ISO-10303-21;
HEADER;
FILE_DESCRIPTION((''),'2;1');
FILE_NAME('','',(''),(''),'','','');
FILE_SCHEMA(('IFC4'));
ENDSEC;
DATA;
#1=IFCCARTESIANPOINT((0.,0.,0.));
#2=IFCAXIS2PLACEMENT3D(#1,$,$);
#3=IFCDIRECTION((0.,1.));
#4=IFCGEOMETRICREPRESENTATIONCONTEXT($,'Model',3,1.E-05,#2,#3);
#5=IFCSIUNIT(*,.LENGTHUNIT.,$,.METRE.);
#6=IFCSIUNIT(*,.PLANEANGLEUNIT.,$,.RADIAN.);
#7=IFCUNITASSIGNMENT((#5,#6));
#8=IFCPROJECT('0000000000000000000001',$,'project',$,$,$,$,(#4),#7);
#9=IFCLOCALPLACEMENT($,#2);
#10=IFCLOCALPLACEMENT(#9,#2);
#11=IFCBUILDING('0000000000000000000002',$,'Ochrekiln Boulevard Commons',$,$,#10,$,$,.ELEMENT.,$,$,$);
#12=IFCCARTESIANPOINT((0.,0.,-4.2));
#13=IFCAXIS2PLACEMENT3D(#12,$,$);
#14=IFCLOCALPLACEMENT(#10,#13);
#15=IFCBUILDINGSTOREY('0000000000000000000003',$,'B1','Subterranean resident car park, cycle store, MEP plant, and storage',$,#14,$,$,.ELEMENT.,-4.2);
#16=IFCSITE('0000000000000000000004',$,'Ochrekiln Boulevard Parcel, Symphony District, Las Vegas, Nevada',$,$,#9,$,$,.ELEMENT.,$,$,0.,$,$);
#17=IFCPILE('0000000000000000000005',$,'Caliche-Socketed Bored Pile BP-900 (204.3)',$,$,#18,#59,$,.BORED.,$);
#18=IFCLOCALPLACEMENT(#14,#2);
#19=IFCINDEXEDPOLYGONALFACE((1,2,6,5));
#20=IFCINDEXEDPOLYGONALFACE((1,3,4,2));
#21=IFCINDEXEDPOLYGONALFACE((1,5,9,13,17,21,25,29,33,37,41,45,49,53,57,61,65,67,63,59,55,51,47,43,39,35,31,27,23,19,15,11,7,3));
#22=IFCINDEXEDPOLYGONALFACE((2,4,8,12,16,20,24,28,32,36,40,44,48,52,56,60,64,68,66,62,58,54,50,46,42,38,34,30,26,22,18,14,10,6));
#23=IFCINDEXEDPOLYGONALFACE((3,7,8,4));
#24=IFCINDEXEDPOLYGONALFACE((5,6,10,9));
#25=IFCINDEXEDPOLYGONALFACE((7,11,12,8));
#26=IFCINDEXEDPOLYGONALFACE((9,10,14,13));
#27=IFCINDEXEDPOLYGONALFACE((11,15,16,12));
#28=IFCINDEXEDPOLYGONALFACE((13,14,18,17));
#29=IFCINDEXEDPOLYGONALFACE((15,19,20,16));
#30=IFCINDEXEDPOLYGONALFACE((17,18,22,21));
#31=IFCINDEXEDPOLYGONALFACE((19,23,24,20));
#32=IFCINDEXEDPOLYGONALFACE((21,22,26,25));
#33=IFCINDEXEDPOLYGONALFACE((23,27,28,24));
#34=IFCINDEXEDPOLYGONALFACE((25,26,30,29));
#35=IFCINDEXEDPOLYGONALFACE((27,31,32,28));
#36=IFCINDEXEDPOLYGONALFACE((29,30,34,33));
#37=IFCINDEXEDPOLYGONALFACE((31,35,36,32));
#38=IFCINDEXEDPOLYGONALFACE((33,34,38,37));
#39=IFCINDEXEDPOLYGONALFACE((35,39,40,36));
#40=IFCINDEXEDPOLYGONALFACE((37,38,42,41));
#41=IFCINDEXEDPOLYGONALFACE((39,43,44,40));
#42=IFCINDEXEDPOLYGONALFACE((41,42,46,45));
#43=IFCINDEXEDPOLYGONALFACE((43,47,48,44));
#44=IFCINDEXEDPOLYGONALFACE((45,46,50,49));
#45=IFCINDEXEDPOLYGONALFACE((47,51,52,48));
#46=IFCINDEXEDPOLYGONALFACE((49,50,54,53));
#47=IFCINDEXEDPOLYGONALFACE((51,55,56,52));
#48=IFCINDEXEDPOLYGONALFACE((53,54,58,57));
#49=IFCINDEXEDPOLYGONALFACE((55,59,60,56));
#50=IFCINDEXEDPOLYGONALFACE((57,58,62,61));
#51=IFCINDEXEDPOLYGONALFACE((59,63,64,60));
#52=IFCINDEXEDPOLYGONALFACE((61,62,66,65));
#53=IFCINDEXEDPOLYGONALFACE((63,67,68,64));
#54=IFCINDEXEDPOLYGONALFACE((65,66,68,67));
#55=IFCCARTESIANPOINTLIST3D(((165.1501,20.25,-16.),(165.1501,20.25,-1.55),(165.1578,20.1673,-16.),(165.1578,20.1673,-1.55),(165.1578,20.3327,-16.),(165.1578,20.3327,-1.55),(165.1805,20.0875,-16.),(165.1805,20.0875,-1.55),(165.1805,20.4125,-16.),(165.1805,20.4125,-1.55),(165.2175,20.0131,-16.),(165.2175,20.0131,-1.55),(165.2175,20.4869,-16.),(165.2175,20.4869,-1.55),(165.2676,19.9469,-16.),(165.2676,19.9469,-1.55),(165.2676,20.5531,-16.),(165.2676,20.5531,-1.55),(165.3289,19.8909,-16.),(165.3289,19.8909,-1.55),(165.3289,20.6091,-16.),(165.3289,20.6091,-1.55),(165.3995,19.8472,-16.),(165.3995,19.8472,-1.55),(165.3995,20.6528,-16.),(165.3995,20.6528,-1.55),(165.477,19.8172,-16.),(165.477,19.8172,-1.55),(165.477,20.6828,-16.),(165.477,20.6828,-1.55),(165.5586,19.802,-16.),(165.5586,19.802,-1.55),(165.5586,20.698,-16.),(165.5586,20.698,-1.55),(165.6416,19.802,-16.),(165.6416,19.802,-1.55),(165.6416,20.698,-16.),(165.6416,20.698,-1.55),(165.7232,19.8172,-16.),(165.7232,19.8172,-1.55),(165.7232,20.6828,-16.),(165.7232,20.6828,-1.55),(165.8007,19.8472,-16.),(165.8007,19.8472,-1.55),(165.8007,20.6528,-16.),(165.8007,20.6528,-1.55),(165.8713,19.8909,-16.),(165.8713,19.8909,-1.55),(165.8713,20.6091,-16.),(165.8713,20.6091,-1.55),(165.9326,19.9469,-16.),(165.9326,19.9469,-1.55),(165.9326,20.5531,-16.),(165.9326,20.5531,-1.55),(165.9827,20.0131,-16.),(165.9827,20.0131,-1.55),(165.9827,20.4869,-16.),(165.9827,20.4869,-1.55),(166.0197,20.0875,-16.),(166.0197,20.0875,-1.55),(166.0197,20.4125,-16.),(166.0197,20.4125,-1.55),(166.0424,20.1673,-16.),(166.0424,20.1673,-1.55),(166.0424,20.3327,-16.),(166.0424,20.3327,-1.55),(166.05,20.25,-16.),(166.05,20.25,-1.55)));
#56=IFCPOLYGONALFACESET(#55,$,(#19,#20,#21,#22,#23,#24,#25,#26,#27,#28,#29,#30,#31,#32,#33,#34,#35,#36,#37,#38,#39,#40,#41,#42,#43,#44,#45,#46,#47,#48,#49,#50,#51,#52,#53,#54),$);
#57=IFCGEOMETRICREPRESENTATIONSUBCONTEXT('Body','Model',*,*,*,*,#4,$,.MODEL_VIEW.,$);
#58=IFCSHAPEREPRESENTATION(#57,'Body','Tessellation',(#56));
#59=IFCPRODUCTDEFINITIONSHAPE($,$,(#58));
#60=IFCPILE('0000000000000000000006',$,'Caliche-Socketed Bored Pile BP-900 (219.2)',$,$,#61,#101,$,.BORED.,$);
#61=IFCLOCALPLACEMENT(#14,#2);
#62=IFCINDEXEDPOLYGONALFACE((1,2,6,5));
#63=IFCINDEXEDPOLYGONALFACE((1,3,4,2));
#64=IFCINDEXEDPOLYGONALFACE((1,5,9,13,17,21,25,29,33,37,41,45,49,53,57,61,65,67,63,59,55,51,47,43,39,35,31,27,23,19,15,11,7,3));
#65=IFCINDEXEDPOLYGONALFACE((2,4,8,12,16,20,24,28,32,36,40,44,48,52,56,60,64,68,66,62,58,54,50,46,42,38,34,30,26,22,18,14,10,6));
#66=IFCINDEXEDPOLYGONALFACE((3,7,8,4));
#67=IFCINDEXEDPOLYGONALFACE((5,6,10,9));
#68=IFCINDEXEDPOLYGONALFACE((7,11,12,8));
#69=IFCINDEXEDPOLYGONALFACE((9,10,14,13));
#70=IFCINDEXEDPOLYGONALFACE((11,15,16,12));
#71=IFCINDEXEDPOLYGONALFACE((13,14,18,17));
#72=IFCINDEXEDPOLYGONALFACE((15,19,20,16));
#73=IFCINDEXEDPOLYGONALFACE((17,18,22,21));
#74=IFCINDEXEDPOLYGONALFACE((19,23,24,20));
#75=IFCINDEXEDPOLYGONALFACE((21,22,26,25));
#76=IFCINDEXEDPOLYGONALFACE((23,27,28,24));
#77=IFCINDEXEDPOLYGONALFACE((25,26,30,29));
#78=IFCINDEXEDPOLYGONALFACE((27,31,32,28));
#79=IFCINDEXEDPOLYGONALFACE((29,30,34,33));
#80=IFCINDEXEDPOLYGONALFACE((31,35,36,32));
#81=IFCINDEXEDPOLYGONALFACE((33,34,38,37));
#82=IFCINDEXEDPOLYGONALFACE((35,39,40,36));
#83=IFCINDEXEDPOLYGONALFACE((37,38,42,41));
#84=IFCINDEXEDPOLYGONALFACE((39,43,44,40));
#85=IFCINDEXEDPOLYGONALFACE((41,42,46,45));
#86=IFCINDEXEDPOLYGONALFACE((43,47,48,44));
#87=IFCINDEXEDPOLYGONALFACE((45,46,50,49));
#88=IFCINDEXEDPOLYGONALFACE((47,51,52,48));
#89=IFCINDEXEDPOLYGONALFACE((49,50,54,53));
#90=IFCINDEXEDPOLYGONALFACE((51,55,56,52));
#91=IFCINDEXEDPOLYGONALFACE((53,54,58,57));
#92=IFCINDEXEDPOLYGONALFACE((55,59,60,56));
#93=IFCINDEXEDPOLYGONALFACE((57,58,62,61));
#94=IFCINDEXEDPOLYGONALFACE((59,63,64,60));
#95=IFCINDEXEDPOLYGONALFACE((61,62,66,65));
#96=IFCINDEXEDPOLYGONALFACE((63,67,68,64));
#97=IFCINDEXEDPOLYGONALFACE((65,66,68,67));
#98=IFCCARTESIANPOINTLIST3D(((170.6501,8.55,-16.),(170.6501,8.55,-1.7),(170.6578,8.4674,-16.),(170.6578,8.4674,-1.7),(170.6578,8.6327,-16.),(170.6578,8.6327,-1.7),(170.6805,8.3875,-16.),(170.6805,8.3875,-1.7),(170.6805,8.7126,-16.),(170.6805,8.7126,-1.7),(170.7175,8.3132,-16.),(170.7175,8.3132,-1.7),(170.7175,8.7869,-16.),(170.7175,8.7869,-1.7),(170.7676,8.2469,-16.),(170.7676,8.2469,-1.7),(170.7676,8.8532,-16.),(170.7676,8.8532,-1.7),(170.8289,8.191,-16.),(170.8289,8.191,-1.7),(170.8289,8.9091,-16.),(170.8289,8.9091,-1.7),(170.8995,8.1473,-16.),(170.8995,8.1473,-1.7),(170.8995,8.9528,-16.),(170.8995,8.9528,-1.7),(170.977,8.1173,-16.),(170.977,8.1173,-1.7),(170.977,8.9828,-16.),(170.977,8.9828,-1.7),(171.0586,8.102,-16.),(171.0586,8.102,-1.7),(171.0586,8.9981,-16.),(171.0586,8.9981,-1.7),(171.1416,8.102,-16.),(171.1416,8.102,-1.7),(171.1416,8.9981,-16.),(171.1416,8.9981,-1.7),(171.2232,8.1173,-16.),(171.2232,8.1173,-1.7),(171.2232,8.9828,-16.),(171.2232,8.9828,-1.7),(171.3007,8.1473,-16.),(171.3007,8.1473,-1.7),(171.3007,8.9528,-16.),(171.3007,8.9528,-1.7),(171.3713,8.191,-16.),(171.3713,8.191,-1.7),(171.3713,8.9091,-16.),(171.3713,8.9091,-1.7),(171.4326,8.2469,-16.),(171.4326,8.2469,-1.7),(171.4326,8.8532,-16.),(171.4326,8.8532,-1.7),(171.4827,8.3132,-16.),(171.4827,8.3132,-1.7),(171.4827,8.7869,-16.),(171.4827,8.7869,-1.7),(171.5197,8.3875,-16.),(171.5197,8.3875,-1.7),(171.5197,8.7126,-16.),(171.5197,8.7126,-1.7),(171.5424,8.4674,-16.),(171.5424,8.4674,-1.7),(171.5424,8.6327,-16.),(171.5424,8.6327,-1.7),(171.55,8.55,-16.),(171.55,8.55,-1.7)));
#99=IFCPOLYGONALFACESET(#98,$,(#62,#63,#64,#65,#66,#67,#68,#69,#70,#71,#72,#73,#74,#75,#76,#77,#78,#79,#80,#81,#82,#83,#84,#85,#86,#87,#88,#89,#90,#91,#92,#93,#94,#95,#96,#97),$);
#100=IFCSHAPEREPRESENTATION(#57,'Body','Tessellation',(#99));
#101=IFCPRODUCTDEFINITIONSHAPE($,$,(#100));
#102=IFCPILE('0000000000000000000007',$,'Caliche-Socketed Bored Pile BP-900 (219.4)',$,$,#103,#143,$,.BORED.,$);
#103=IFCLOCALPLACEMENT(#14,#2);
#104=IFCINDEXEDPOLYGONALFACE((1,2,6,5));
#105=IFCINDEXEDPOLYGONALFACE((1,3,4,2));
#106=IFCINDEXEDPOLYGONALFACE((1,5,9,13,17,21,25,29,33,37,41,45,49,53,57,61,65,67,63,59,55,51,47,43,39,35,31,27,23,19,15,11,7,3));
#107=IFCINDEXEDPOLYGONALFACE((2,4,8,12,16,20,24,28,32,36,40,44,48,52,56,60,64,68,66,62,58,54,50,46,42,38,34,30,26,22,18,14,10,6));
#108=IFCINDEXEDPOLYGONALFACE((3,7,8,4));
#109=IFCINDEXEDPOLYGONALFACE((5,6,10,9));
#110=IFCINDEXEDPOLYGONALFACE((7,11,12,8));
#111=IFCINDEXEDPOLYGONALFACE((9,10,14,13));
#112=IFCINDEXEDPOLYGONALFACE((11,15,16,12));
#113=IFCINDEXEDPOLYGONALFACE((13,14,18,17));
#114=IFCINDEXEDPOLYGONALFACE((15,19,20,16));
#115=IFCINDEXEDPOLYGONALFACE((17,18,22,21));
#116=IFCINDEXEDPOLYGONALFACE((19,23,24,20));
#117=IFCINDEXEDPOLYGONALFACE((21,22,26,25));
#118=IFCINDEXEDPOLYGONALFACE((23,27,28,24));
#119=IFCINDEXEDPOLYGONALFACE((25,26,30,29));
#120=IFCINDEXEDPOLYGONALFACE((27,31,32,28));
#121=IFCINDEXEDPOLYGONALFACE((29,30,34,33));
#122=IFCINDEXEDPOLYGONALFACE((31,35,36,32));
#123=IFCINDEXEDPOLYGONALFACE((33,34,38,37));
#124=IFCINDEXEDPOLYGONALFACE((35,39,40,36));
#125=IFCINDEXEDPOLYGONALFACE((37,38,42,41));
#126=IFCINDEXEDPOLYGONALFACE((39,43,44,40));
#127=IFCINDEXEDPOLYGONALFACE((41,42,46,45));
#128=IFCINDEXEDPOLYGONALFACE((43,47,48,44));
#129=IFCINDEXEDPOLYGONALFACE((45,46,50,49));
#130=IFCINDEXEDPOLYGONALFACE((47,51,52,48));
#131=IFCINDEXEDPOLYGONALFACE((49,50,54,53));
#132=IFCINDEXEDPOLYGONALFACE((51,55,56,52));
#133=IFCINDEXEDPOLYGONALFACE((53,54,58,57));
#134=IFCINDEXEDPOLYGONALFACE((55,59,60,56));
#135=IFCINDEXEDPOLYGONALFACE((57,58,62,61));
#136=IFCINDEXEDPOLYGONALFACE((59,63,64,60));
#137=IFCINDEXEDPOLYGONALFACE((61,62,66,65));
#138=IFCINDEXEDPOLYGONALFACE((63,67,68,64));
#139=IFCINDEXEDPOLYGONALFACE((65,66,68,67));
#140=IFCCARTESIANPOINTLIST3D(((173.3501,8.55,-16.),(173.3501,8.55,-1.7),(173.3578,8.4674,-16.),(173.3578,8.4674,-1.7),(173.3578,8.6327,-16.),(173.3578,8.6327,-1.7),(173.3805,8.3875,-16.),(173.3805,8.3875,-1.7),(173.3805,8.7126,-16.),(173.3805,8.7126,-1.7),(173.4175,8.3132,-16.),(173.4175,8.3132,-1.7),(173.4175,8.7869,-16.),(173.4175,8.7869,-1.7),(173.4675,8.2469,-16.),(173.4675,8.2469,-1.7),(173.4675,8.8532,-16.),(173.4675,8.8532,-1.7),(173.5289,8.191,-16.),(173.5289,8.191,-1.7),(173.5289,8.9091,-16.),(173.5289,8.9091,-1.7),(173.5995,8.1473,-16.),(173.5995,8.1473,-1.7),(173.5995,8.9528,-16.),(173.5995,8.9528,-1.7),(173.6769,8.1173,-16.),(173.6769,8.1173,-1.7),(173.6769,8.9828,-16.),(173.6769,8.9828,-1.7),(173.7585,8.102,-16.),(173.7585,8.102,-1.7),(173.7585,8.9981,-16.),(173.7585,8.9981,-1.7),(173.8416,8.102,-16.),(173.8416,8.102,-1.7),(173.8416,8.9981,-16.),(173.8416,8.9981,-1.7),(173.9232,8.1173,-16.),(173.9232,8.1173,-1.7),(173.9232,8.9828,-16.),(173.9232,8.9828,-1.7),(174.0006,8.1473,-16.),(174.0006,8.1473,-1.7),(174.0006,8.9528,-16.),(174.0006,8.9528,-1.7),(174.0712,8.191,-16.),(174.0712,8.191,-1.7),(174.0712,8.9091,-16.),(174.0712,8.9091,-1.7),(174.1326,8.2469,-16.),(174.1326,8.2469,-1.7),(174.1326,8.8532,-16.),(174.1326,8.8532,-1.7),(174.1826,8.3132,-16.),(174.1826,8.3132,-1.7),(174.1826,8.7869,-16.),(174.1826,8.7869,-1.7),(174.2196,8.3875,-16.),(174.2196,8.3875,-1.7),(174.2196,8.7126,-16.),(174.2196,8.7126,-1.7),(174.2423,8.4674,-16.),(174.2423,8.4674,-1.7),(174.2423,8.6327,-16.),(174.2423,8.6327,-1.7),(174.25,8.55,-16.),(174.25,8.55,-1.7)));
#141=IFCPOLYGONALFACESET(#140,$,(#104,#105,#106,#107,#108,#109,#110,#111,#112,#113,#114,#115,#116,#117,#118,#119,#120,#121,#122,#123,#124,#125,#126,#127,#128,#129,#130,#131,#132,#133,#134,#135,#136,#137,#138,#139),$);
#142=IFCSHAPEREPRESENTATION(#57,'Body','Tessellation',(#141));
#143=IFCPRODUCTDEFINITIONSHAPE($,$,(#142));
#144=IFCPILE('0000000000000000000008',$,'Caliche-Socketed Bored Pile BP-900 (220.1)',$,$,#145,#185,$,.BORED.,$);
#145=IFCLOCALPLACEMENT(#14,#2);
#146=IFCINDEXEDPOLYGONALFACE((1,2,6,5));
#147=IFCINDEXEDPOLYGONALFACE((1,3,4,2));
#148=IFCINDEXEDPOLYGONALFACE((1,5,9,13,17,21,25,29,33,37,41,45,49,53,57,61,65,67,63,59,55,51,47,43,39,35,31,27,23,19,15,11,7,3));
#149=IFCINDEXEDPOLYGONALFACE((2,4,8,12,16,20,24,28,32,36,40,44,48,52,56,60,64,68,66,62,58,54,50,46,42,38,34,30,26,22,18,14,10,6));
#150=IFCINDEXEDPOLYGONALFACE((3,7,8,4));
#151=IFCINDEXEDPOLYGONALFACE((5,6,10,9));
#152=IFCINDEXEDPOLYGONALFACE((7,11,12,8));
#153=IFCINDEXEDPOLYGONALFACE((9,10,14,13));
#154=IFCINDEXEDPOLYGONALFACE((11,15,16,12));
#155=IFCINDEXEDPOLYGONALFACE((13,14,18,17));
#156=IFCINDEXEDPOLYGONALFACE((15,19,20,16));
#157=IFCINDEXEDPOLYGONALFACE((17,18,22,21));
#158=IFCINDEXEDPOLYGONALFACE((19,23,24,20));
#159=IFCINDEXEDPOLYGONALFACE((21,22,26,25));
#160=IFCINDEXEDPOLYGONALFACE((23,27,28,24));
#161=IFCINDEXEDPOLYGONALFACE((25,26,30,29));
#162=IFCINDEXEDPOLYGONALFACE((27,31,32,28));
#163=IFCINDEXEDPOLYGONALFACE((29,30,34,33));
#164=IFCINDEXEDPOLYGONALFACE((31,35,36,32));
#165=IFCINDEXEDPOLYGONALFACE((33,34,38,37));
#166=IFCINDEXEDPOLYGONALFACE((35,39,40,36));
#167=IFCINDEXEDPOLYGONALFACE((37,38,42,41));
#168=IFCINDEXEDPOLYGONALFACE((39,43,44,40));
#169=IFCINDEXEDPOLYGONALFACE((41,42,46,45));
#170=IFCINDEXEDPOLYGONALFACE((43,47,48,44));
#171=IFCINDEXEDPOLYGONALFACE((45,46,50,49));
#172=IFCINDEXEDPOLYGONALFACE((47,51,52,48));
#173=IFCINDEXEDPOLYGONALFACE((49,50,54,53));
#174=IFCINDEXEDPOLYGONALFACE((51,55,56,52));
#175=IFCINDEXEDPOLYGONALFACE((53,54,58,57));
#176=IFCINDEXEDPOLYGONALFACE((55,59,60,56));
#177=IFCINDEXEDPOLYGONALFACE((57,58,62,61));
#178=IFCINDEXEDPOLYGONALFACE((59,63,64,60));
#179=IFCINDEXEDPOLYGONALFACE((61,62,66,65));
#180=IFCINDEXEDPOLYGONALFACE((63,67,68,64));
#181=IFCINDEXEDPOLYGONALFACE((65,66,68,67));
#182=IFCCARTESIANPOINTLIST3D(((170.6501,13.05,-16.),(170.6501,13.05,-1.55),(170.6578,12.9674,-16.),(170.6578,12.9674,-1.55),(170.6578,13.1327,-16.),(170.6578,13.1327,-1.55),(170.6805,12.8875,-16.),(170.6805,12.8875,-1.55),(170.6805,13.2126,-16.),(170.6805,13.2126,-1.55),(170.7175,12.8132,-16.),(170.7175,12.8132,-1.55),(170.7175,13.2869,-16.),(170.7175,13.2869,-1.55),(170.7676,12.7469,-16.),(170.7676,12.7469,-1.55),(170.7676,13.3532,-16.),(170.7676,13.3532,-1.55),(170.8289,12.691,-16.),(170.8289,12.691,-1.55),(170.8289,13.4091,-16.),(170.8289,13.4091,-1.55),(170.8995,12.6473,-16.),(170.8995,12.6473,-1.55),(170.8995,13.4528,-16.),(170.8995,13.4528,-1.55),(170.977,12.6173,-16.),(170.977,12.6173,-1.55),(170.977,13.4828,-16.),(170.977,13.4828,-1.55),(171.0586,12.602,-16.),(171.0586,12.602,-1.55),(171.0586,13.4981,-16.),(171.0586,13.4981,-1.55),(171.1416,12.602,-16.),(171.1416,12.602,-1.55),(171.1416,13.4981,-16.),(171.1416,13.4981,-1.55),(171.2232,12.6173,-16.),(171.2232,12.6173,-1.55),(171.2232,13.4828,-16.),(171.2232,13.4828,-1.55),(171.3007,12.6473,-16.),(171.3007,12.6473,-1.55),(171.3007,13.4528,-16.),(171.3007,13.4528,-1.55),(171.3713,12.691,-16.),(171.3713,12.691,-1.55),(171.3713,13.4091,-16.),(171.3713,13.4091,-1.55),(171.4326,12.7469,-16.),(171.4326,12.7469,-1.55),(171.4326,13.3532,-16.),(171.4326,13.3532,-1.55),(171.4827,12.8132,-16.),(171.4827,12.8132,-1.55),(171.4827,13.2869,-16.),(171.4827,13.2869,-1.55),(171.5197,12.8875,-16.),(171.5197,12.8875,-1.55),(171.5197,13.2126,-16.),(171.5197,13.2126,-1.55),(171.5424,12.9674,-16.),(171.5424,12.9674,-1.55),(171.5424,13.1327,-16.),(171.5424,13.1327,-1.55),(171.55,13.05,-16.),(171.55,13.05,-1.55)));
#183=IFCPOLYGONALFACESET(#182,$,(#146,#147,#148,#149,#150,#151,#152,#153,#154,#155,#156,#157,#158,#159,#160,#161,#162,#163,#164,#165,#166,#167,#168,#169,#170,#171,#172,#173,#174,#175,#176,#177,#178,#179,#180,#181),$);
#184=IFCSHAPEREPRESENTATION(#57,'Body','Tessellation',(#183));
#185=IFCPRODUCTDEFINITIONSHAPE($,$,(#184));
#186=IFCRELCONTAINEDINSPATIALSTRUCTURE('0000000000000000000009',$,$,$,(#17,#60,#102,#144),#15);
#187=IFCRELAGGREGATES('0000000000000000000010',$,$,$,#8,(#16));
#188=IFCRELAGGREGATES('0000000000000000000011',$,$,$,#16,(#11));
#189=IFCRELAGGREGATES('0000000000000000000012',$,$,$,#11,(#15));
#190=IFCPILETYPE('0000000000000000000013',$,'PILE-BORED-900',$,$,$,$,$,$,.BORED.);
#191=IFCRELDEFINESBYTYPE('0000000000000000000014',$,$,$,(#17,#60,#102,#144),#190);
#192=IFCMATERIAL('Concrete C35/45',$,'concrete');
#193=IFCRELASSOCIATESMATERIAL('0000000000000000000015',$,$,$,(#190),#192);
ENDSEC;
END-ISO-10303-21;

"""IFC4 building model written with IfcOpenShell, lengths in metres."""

from ifc_helpers import new_model, si_unit, direction, frame, origin, origin_2d, place, context, subcontext, project, spatial, circle, extrude, material, material_profile, profile_set, type_object, element, save


model = new_model("IFC4")

# Units and contexts
model_context = context("Model", 3, precision=1e-05, world=origin(), true_north=direction((0.0, 1.0)))
body_context = subcontext(model_context, "Body", "Model", "MODEL_VIEW")
ifc_project = project(units=[si_unit("LENGTHUNIT", "METRE"), si_unit("PLANEANGLEUNIT", "RADIAN")], contexts=[model_context])

# Site, building, storey
site_placement = place(None, origin())
site = spatial("IfcSite", under=ifc_project, at=site_placement, Name="Ochrekiln Boulevard Parcel, Symphony District, Las Vegas, Nevada", CompositionType="ELEMENT", RefElevation=0.0)
building_placement = place(site_placement, origin())
building = spatial("IfcBuilding", under=site, at=building_placement, Name="Ochrekiln Boulevard Commons", CompositionType="ELEMENT")
storey_placement = place(building_placement, frame((0.0, 0.0, -4.2)))
storey = spatial("IfcBuildingStorey", under=building, at=storey_placement, Name="B1", Description="Subterranean resident car park, cycle store, MEP plant, and storage", CompositionType="ELEMENT", Elevation=-4.2)

# Shared definitions
ifc_material_1 = material(Name="Concrete C35/45", Category="concrete")

# Piles
ifc_material_profile_1 = material_profile(ifc_material_1, circle(Radius=0.45, at=origin_2d()), Name="PILE-D900")
ifc_profile_set_1 = profile_set([ifc_material_profile_1], Name="Concrete C35/45")
pile_type = type_object("IfcPileType", Name="PILE-BORED-900", PredefinedType="BORED", material=ifc_profile_set_1)
for number, where, z_axis, x_axis, name in (
    (1, (165.6001, 20.25, -1.55), (0.0, 0.0, -1.0), (1.0, 0.0, 0.0), "Caliche-Socketed Bored Pile BP-900 (204.3)"),
):
    element("IfcPile", number, at=place(storey_placement, frame(where, z_axis=z_axis, x_axis=x_axis)), inside=storey, type_object=pile_type, Name=name, PredefinedType="BORED", context=body_context, shape_type="SweptSolid", body=[
        extrude(circle(Radius=0.45, at=origin_2d()), origin(), (0.0, 0.0, 1.0), 14.45),
    ])
for number, where, z_axis, x_axis, name in (
    (2, (171.1001, 8.55, -1.7), (0.0, 0.0, -1.0), (1.0, 0.0, 0.0), "Caliche-Socketed Bored Pile BP-900 (219.2)"),
    (3, (173.8, 8.55, -1.7), (0.0, 0.0, -1.0), (1.0, 0.0, 0.0), "Caliche-Socketed Bored Pile BP-900 (219.4)"),
):
    element("IfcPile", number, at=place(storey_placement, frame(where, z_axis=z_axis, x_axis=x_axis)), inside=storey, type_object=pile_type, Name=name, PredefinedType="BORED", context=body_context, shape_type="SweptSolid", body=[
        extrude(circle(Radius=0.45, at=origin_2d()), origin(), (0.0, 0.0, 1.0), 14.3),
    ])
for number, where, z_axis, x_axis, name in (
    (4, (171.1001, 13.05, -1.55), (0.0, 0.0, -1.0), (1.0, 0.0, 0.0), "Caliche-Socketed Bored Pile BP-900 (220.1)"),
):
    element("IfcPile", number, at=place(storey_placement, frame(where, z_axis=z_axis, x_axis=x_axis)), inside=storey, type_object=pile_type, Name=name, PredefinedType="BORED", context=body_context, shape_type="SweptSolid", body=[
        extrude(circle(Radius=0.45, at=origin_2d()), origin(), (0.0, 0.0, 1.0), 14.45),
    ])

save(model, "model.ifc")
